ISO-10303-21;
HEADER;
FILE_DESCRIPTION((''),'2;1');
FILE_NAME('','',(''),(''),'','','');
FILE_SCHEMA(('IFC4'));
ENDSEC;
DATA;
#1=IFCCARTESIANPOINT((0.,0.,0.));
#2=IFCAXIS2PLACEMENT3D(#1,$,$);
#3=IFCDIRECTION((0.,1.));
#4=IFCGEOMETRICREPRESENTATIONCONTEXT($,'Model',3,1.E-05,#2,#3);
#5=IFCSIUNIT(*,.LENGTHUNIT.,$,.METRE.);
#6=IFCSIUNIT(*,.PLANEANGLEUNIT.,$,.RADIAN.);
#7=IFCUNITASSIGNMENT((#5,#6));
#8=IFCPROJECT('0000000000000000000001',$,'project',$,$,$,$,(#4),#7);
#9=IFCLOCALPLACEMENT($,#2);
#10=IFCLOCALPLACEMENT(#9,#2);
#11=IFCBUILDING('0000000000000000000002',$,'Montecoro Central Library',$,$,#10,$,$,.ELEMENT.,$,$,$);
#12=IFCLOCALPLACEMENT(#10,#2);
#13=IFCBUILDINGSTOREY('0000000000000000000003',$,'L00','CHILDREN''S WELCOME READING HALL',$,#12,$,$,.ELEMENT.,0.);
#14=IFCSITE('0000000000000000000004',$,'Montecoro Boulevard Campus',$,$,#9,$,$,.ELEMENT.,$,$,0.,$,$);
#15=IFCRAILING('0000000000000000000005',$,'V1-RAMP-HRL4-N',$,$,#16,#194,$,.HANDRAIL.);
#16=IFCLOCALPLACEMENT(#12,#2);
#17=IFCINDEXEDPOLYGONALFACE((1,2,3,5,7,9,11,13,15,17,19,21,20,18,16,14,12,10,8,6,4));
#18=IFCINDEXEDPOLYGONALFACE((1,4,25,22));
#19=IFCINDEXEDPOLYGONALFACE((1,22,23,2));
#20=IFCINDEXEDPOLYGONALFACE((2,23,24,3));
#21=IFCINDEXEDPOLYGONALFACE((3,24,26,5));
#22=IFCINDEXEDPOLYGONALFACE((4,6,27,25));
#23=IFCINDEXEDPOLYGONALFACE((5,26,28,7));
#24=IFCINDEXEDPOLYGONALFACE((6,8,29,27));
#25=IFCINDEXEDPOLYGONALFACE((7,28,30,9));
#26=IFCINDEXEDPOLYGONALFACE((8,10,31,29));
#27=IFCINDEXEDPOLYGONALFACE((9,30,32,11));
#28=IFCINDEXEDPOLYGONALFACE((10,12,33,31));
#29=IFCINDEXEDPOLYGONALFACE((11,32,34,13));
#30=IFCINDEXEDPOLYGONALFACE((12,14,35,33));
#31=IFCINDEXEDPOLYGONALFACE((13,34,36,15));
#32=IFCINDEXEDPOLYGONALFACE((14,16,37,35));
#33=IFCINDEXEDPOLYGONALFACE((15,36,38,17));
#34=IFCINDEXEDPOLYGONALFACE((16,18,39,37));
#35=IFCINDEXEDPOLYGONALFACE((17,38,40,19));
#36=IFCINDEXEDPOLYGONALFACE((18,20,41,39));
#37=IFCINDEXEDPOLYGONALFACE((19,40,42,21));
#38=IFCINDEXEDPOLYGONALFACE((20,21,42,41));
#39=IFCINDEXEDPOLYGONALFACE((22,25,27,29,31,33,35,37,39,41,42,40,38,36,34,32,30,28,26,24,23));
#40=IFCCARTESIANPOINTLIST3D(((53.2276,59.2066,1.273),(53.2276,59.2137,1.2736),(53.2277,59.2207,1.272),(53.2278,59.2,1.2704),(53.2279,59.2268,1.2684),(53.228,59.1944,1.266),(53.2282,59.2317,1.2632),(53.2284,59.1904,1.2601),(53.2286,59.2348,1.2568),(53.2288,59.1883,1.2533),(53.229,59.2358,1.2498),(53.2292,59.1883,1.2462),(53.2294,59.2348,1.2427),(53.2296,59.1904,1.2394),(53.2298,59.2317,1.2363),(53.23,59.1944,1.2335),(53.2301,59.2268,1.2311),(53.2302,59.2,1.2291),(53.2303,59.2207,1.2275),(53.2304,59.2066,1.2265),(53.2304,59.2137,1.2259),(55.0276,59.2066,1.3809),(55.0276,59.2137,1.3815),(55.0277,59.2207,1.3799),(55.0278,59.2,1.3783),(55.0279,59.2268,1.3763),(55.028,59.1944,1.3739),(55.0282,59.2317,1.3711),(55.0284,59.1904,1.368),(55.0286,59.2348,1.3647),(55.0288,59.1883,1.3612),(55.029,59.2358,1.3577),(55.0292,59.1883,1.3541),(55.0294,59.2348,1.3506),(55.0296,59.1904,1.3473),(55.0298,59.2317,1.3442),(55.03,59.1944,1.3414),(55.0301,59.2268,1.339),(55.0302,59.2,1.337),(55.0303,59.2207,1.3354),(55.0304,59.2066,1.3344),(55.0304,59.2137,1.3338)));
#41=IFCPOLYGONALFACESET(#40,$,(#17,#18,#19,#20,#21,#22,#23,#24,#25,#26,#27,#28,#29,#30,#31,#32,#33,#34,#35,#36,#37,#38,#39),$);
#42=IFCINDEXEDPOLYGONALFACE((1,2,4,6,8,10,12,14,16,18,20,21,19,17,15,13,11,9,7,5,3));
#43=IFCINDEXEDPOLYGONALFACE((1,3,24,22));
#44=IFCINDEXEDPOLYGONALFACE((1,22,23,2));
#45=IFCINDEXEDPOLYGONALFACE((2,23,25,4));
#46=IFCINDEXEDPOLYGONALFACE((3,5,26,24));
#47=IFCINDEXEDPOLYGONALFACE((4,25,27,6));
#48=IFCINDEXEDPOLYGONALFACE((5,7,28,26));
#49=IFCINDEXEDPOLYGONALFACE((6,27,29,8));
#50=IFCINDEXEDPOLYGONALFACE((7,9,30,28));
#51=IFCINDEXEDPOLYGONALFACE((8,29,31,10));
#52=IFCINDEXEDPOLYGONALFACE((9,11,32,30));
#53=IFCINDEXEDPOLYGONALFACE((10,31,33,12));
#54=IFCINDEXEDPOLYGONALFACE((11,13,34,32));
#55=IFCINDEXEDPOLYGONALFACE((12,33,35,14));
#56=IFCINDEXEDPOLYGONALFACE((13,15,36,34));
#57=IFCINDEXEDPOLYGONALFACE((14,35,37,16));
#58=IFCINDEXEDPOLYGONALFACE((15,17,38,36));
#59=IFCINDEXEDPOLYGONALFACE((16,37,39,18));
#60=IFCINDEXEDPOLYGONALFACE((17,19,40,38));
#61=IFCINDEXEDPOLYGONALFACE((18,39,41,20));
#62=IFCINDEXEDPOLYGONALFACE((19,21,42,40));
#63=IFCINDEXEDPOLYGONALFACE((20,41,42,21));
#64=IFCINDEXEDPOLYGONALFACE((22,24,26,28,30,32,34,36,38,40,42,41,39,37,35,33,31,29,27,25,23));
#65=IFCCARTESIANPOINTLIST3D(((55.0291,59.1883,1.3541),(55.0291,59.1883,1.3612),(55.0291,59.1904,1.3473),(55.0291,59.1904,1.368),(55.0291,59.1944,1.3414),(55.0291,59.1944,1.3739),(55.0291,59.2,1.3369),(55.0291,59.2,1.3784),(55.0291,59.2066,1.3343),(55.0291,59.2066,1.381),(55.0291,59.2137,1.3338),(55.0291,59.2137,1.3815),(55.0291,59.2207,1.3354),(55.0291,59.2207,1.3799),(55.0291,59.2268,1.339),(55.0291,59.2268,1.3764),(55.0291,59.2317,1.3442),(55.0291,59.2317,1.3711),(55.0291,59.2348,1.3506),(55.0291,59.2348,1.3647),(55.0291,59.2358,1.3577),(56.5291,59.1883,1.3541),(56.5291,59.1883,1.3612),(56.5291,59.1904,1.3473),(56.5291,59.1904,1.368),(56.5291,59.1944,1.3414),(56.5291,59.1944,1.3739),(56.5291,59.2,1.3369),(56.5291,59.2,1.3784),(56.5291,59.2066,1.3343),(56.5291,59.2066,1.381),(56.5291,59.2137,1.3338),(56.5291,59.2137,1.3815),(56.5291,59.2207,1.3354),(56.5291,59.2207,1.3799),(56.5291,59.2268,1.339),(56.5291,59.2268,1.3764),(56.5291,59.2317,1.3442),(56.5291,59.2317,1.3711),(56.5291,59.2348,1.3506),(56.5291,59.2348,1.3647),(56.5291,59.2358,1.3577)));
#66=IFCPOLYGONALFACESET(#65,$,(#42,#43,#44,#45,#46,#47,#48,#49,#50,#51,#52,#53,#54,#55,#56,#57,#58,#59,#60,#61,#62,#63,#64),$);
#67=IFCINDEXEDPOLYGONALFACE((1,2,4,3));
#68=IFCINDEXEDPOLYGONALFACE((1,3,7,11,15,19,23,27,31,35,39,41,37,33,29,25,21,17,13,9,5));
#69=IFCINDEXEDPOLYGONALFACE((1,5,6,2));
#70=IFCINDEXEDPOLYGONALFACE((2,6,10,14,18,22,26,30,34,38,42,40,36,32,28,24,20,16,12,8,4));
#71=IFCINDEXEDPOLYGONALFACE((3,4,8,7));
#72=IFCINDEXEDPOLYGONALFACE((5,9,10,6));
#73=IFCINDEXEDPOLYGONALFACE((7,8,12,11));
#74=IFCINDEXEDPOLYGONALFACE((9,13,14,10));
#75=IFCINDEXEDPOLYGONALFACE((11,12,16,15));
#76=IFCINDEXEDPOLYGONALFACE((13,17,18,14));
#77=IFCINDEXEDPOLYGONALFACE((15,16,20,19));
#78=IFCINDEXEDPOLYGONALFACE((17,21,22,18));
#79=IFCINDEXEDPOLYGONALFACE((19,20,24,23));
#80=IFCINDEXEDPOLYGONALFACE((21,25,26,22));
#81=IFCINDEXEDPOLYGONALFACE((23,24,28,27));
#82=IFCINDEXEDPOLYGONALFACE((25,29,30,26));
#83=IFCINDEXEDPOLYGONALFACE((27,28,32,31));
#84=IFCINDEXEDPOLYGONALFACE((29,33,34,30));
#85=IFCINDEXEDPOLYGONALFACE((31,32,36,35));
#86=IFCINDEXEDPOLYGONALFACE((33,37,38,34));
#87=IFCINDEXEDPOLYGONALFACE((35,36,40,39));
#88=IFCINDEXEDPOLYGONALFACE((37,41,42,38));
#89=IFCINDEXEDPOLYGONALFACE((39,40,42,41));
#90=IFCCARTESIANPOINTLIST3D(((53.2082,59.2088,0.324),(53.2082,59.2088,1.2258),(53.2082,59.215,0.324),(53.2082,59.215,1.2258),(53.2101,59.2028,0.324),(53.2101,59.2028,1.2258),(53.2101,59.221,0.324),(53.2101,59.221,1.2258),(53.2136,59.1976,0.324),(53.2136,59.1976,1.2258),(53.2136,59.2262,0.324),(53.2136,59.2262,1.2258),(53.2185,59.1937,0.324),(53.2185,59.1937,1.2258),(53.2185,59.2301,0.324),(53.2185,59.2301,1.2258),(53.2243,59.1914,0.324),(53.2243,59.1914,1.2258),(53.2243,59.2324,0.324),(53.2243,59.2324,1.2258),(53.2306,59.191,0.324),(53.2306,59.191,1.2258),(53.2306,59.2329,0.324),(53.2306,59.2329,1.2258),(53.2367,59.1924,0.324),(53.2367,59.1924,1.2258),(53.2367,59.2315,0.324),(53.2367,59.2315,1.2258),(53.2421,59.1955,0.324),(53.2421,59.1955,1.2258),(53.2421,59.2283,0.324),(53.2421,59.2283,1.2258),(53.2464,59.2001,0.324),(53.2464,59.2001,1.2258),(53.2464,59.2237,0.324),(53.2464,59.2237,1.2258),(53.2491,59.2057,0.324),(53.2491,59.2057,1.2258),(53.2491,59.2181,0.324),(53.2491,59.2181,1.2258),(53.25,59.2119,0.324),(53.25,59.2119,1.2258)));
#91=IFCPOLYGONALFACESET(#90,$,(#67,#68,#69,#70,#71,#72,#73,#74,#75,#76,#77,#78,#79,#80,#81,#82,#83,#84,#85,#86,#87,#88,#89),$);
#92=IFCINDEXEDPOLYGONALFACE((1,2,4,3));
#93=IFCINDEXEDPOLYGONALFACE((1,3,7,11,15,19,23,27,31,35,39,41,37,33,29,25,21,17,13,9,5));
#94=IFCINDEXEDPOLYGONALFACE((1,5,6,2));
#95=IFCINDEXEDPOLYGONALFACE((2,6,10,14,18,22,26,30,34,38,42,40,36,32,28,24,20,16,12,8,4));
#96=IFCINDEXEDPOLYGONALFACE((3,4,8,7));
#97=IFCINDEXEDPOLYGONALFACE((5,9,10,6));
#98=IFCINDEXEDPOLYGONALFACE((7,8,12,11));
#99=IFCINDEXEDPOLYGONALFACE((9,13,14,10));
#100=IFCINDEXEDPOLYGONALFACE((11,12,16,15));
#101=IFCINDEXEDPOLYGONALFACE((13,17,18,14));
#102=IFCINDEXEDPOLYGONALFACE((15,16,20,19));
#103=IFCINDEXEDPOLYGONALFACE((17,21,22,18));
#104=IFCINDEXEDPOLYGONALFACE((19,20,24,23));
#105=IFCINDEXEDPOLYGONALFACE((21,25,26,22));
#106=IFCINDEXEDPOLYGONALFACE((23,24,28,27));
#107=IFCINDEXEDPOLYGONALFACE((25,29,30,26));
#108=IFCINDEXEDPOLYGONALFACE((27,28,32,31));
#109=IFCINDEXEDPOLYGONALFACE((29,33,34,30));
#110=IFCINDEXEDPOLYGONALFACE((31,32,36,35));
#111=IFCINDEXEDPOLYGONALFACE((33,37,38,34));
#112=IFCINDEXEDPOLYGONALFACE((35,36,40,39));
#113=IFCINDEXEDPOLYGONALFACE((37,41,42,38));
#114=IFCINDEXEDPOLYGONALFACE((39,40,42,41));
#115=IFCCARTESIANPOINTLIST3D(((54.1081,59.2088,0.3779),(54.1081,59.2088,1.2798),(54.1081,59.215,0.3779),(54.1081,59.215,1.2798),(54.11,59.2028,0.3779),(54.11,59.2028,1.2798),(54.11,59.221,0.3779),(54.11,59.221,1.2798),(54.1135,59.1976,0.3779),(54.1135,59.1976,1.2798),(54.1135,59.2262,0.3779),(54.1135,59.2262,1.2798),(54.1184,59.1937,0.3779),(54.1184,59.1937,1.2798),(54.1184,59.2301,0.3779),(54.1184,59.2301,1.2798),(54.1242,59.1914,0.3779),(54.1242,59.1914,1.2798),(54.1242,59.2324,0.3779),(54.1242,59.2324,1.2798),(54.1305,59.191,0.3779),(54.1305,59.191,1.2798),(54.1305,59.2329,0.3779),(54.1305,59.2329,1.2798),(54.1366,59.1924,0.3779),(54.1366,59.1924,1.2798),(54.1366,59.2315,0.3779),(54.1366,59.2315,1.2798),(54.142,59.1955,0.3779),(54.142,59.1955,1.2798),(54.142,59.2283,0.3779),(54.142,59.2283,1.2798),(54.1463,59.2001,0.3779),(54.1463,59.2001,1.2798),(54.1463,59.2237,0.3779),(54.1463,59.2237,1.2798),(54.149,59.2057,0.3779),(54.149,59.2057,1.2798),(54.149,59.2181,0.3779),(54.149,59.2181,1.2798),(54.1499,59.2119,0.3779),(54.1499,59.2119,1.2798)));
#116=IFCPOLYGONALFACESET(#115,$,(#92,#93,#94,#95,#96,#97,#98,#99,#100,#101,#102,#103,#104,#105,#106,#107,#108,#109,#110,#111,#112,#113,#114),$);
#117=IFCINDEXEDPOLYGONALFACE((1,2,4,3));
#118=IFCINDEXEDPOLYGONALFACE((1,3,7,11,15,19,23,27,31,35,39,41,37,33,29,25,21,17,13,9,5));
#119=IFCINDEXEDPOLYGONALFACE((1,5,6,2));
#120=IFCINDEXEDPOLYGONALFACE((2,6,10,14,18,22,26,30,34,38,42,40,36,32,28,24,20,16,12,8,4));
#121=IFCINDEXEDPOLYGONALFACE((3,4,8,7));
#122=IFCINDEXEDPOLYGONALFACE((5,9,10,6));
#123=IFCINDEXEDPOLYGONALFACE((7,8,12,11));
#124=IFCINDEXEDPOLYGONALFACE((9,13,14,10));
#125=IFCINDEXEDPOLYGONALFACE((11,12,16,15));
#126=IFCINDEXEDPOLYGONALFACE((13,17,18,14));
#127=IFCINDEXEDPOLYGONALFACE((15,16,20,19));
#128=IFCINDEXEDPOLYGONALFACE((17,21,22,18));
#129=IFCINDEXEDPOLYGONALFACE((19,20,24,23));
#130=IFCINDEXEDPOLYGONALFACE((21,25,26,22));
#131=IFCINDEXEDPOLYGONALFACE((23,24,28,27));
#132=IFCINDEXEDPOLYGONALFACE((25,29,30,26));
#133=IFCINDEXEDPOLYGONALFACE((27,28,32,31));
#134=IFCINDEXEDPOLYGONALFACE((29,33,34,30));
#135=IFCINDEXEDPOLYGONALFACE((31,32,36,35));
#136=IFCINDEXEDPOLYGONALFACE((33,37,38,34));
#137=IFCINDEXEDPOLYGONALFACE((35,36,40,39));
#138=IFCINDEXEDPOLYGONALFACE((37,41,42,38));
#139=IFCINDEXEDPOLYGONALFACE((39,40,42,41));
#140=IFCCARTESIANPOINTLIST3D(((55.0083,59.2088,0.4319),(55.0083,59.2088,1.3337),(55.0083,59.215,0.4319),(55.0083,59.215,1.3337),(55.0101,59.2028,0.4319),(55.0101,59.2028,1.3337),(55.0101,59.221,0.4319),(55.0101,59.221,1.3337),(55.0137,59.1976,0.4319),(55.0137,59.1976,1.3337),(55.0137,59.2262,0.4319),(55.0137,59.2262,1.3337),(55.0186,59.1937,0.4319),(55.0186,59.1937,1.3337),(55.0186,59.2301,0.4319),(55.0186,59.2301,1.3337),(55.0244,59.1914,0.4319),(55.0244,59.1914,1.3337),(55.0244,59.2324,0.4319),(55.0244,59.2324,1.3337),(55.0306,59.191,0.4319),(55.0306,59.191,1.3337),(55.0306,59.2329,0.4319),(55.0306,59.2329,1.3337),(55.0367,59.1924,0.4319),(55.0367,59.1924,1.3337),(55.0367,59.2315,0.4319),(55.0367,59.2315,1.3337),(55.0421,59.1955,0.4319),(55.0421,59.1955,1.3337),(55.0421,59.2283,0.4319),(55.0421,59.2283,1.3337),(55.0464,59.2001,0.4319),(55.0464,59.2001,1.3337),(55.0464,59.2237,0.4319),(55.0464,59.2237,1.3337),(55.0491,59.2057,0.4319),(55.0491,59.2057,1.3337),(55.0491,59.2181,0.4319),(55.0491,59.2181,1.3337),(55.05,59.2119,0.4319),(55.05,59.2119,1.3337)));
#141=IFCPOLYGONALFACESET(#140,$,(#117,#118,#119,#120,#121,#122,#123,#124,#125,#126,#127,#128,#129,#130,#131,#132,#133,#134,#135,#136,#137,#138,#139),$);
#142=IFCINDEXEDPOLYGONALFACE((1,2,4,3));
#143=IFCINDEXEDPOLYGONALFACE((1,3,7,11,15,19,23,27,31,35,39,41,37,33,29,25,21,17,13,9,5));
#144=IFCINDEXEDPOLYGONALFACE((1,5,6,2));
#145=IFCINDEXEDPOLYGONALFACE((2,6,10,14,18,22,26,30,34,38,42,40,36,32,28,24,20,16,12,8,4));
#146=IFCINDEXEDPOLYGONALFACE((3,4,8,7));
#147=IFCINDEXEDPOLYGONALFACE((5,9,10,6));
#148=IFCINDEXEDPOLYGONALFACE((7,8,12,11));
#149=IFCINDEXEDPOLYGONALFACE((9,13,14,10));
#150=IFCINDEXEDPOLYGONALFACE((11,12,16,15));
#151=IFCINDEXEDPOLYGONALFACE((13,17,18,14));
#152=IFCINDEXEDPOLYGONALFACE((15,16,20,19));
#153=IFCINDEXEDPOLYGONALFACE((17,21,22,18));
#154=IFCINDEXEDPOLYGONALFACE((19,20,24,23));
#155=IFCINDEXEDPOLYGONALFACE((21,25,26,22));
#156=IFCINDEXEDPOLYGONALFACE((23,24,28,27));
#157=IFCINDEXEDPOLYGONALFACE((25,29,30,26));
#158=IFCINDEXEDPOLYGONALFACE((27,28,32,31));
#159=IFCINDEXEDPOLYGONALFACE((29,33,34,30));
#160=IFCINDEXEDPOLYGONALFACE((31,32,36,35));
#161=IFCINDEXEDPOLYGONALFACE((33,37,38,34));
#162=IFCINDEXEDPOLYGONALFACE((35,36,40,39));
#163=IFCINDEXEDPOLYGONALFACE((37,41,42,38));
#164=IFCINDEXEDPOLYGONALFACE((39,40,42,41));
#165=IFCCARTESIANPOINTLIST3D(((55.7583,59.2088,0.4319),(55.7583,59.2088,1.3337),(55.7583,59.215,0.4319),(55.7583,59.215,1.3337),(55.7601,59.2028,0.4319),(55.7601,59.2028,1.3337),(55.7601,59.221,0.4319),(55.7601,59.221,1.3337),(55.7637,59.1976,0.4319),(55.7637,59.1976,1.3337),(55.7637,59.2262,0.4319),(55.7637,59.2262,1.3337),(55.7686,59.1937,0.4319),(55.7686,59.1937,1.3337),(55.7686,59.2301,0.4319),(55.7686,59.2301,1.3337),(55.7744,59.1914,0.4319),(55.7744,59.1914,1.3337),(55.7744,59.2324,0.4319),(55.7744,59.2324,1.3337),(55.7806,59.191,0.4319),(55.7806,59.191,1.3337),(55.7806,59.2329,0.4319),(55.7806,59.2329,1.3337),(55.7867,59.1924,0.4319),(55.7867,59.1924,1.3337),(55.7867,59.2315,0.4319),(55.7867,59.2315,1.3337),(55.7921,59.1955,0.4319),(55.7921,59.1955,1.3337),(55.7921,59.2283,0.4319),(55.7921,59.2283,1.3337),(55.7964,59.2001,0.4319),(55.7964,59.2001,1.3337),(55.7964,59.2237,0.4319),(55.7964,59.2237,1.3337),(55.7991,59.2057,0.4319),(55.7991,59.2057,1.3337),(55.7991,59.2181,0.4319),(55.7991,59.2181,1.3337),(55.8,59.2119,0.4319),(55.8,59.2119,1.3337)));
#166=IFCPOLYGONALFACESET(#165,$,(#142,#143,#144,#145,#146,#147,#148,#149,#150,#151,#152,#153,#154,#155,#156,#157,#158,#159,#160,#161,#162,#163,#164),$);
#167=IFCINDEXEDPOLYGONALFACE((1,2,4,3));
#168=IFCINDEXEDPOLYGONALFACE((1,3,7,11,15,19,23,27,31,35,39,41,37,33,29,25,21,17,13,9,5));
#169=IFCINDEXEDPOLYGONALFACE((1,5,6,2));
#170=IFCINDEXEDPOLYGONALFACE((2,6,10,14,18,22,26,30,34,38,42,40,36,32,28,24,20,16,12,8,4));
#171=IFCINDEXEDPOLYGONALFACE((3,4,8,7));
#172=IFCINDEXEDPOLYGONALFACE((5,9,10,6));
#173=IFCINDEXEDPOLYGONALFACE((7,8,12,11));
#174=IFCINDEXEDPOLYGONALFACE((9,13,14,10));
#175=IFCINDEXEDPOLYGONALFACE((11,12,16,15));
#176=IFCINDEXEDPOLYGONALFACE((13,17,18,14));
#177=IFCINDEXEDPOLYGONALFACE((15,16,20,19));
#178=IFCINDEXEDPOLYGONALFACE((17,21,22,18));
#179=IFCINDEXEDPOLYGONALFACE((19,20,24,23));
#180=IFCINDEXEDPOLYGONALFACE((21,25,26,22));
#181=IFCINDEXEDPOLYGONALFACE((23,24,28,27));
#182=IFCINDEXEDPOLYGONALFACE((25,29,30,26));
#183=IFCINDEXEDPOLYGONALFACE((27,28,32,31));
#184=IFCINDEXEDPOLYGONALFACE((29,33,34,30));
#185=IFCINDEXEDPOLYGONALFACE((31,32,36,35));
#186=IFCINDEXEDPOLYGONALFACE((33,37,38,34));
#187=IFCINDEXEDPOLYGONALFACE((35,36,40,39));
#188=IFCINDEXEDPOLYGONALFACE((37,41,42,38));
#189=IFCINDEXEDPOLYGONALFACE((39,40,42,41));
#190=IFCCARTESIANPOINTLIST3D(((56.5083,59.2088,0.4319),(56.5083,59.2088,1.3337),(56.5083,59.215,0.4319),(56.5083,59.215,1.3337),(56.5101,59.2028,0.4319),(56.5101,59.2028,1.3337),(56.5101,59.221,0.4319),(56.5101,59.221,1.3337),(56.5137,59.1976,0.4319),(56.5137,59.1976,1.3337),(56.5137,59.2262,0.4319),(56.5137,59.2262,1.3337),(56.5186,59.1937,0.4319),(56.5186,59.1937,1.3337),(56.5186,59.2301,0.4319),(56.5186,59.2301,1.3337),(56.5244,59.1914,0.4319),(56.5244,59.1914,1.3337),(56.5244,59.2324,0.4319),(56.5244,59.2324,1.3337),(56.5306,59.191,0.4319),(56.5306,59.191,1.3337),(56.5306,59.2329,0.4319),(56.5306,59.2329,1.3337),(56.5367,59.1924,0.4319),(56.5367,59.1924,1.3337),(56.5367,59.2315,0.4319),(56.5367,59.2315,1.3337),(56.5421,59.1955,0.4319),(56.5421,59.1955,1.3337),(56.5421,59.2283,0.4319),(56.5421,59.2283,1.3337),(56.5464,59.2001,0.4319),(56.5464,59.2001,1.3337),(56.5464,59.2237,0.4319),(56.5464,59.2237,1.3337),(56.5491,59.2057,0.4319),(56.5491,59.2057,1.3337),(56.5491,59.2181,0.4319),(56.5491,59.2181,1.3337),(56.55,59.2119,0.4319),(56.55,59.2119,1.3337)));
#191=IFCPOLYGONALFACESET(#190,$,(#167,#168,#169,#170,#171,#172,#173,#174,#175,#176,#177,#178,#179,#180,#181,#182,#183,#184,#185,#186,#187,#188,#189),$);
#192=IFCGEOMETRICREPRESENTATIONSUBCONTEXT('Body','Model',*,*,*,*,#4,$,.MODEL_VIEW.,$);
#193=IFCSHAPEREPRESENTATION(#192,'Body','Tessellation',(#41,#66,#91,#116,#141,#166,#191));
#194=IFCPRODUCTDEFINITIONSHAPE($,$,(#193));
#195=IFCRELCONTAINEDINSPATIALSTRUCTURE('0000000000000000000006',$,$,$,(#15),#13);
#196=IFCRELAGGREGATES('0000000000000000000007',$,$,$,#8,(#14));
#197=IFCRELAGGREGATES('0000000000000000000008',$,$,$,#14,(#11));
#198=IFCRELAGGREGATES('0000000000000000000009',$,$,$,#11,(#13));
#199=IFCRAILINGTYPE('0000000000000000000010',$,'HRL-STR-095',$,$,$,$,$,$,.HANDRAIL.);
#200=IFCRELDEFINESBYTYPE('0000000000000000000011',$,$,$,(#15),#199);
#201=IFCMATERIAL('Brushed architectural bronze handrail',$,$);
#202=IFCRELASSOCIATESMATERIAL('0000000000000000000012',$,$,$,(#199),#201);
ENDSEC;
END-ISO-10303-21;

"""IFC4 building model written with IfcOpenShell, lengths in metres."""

from ifc_helpers import new_model, si_unit, direction, frame, origin, origin_2d, place, context, subcontext, project, spatial, circle, extrude, material, type_object, element, save


model = new_model("IFC4")

# Units and contexts
model_context = context("Model", 3, precision=1e-05, world=origin(), true_north=direction((0.0, 1.0)))
body_context = subcontext(model_context, "Body", "Model", "MODEL_VIEW")
ifc_project = project(units=[si_unit("LENGTHUNIT", "METRE"), si_unit("PLANEANGLEUNIT", "RADIAN")], contexts=[model_context])

# Site, building, storey
site_placement = place(None, origin())
site = spatial("IfcSite", under=ifc_project, at=site_placement, Name="Montecoro Boulevard Campus", CompositionType="ELEMENT", RefElevation=0.0)
building_placement = place(site_placement, origin())
building = spatial("IfcBuilding", under=site, at=building_placement, Name="Montecoro Central Library", CompositionType="ELEMENT")
storey_placement = place(building_placement, origin())
storey = spatial("IfcBuildingStorey", under=building, at=storey_placement, Name="L00", Description="CHILDREN'S WELCOME READING HALL", CompositionType="ELEMENT", Elevation=0.0)

# Railing
ifc_material_1 = material(Name="Brushed architectural bronze handrail")
railing_type = type_object("IfcRailingType", Name="HRL-STR-095", PredefinedType="HANDRAIL", material=ifc_material_1)
for number, where, name in (
    (1, (53.229, 59.2119, 0.324), "V1-RAMP-HRL4-N"),
):
    element("IfcRailing", number, at=place(storey_placement, frame(where)), inside=storey, type_object=railing_type, Name=name, PredefinedType="HANDRAIL", context=body_context, shape_type="SweptSolid", body=[
        extrude(circle(Radius=0.0239, at=origin_2d()), frame((0.0, 0.0, 0.9258), z_axis=(0.998208, 0.0, 0.059841), x_axis=(0.0, 1.0, 0.0)), (0.0, 0.0, 1.0), 1.8032),
        extrude(circle(Radius=0.0239, at=origin_2d()), frame((1.8, 0.0, 1.0337), z_axis=(1.0, 0.0, 0.0), x_axis=(0.0, 1.0, 0.0)), (0.0, 0.0, 1.0), 1.5),
        extrude(circle(Radius=0.021, at=origin_2d()), origin(), (0.0, 0.0, 1.0), 0.9019),
        extrude(circle(Radius=0.021, at=origin_2d()), frame((0.8999, 0.0, 0.054)), (0.0, 0.0, 1.0), 0.9019),
        extrude(circle(Radius=0.021, at=origin_2d()), frame((1.8, 0.0, 0.1079)), (0.0, 0.0, 1.0), 0.9019),
        extrude(circle(Radius=0.021, at=origin_2d()), frame((2.55, 0.0, 0.1079)), (0.0, 0.0, 1.0), 0.9019),
        extrude(circle(Radius=0.021, at=origin_2d()), frame((3.3, 0.0, 0.1079)), (0.0, 0.0, 1.0), 0.9019),
    ])

save(model, "model.ifc")
